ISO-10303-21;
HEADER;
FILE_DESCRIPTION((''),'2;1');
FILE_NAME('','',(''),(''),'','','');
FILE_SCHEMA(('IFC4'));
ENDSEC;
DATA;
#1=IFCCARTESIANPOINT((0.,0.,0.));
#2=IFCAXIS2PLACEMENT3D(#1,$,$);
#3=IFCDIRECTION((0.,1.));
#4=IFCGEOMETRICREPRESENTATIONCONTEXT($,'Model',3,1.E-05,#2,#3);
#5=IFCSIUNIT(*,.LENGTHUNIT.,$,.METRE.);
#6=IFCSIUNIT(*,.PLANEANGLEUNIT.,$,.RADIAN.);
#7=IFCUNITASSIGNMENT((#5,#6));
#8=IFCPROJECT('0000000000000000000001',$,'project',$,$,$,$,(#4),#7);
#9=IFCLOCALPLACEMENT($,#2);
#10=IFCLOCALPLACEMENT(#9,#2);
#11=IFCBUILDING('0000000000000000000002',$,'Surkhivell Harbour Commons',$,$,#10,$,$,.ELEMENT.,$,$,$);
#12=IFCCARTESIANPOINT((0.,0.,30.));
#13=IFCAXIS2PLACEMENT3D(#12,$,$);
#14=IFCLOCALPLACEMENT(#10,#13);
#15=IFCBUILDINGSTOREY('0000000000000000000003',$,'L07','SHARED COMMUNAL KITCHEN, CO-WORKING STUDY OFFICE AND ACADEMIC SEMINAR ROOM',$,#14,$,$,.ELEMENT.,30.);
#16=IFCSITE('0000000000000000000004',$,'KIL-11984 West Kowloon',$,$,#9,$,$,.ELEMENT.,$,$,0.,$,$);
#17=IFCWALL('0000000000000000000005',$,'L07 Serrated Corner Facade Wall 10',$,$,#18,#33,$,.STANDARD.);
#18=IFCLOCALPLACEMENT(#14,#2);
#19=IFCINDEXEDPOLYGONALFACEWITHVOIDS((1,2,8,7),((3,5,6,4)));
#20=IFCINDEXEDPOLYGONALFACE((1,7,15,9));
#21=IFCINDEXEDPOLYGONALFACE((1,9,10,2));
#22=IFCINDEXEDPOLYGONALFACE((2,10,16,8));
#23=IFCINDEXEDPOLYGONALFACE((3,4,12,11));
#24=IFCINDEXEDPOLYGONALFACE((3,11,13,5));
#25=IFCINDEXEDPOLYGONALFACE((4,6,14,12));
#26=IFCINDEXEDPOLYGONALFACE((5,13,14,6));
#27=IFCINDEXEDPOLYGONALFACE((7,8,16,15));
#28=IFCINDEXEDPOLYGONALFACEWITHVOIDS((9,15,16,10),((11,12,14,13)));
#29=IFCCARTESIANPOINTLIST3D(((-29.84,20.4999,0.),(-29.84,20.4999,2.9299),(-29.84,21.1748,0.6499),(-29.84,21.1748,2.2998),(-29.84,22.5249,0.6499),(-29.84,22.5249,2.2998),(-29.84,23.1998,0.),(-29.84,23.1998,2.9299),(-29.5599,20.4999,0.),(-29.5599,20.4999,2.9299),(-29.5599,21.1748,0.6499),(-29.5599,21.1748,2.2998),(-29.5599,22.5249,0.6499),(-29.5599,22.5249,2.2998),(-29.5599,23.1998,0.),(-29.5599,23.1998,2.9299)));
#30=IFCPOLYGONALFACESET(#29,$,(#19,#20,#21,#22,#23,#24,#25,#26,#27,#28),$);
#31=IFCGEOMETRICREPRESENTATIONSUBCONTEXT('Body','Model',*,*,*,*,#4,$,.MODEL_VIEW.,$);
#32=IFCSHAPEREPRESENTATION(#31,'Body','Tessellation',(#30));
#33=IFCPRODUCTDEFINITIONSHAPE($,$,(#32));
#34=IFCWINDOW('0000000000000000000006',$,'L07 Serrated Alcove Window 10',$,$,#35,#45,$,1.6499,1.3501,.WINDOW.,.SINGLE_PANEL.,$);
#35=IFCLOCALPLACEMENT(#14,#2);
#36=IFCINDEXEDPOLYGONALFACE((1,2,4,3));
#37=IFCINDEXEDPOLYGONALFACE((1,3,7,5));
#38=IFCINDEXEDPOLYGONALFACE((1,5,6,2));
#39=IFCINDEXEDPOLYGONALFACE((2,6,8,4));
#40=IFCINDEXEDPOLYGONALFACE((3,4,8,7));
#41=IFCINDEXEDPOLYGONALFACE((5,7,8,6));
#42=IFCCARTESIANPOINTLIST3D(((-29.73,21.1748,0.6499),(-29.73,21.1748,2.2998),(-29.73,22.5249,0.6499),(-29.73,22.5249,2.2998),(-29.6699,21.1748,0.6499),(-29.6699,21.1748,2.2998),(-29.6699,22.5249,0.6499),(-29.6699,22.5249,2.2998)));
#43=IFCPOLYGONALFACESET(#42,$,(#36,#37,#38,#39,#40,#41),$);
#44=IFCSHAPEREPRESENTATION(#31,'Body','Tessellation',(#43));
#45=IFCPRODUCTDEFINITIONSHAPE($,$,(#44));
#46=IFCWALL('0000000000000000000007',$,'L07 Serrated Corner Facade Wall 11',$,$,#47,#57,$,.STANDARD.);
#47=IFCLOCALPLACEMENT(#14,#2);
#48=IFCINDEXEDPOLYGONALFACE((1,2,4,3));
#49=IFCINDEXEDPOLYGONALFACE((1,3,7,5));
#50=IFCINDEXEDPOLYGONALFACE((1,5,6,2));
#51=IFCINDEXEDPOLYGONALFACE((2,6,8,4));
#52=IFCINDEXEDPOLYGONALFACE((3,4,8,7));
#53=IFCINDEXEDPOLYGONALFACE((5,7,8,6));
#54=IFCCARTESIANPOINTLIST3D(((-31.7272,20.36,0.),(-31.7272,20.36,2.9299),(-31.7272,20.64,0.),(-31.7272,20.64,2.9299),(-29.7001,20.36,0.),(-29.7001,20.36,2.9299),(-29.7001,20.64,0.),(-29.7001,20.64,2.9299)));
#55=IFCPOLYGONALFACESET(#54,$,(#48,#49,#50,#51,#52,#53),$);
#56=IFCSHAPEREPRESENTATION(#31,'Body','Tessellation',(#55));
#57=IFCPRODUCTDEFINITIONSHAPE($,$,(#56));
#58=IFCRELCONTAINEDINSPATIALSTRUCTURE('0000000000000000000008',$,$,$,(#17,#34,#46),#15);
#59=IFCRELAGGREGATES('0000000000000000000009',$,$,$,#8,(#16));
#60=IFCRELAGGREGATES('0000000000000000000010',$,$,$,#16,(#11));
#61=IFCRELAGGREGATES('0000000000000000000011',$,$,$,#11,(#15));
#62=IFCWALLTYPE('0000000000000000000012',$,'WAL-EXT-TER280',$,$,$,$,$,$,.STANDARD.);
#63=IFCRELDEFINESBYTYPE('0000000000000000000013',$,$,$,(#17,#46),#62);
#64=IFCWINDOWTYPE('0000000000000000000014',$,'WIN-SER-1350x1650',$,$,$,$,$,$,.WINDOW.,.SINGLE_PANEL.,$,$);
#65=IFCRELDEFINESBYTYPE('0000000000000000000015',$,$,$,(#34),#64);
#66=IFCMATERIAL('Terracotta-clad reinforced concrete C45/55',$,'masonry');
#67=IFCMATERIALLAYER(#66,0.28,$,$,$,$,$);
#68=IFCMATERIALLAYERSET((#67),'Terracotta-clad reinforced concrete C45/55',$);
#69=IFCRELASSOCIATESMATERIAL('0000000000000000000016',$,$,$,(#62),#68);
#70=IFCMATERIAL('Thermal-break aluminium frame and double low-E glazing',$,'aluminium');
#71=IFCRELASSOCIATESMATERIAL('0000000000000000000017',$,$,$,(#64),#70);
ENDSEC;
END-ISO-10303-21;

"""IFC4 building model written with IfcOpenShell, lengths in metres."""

from ifc_helpers import new_model, si_unit, direction, frame, frame_2d, origin, place, context, subcontext, project, spatial, rectangle, extrude, material, layer, layer_set, type_object, element, fill, save


model = new_model("IFC4")

# Units and contexts
model_context = context("Model", 3, precision=1e-05, world=origin(), true_north=direction((0.0, 1.0)))
body_context = subcontext(model_context, "Body", "Model", "MODEL_VIEW")
ifc_project = project(units=[si_unit("LENGTHUNIT", "METRE"), si_unit("PLANEANGLEUNIT", "RADIAN")], contexts=[model_context])

# Site, building, storey
site_placement = place(None, origin())
site = spatial("IfcSite", under=ifc_project, at=site_placement, Name="KIL-11984 West Kowloon", CompositionType="ELEMENT", RefElevation=0.0)
building_placement = place(site_placement, origin())
building = spatial("IfcBuilding", under=site, at=building_placement, Name="Surkhivell Harbour Commons", CompositionType="ELEMENT")
storey_placement = place(building_placement, frame((0.0, 0.0, 30.0)))
storey = spatial("IfcBuildingStorey", under=building, at=storey_placement, Name="L07", Description="SHARED COMMUNAL KITCHEN, CO-WORKING STUDY OFFICE AND ACADEMIC SEMINAR ROOM", CompositionType="ELEMENT", Elevation=30.0)

# Shared definitions
ifc_material_1 = material(Name="Terracotta-clad reinforced concrete C45/55", Category="masonry")
ifc_layer_1 = layer(ifc_material_1, 0.28)
ifc_layer_set_1 = layer_set([ifc_layer_1], Name="Terracotta-clad reinforced concrete C45/55")
wall_type = type_object("IfcWallType", Name="WAL-EXT-TER280", PredefinedType="STANDARD", material=ifc_layer_set_1)

# Wall, opening, window
wall_1_placement = place(storey_placement, frame((-29.7, 23.2, 0.0), z_axis=(0.0, 0.0, 1.0), x_axis=(0.0, -1.0, 0.0)))
wall_1 = element("IfcWall", 1, at=wall_1_placement, inside=storey, type_object=wall_type, Name="L07 Serrated Corner Facade Wall 10", PredefinedType="STANDARD", context=body_context, shape_type="SweptSolid", body=[
    extrude(rectangle(XDim=2.7, YDim=0.28, at=frame_2d((1.3501, 0.0))), origin(), (0.0, 0.0, 1.0), 2.9299),
])
opening_placement = place(wall_1_placement, frame((0.675, 0.0, 0.6499)))
opening = element("IfcOpeningElement", 2, at=opening_placement, cuts=wall_1, PredefinedType="OPENING", context=body_context, shape_type="SweptSolid", body=[
    extrude(rectangle(XDim=1.3501, YDim=1.6499, at=frame_2d((0.675, 0.825))), frame((0.0, 0.1499, 0.0), z_axis=(0.0, -1.0, 0.0), x_axis=(1.0, 0.0, 0.0)), (0.0, 0.0, 1.0), 0.3),
])
ifc_material_2 = material(Name="Thermal-break aluminium frame and double low-E glazing", Category="aluminium")
window_type = type_object("IfcWindowType", Name="WIN-SER-1350x1650", PartitioningType="SINGLE_PANEL", PredefinedType="WINDOW", material=ifc_material_2)
window_placement = place(opening_placement, origin())
window = element("IfcWindow", 3, at=window_placement, inside=storey, type_object=window_type, Name="L07 Serrated Alcove Window 10", OverallHeight=1.6499, OverallWidth=1.3501, PartitioningType="SINGLE_PANEL", PredefinedType="WINDOW", context=body_context, shape_type="SweptSolid", body=[
    extrude(rectangle(XDim=1.3501, YDim=1.6499, at=frame_2d((0.675, 0.825))), frame((0.0, 0.03, 0.0), z_axis=(0.0, -1.0, 0.0), x_axis=(1.0, 0.0, 0.0)), (0.0, 0.0, 1.0), 0.0601),
])
fill(opening, window)

# Wall
wall_2_placement = place(storey_placement, frame((-29.7, 20.5, 0.0), z_axis=(0.0, 0.0, 1.0), x_axis=(-1.0, 0.0, 0.0)))
element("IfcWall", 4, at=wall_2_placement, inside=storey, type_object=wall_type, Name="L07 Serrated Corner Facade Wall 11", PredefinedType="STANDARD", context=body_context, shape_type="SweptSolid", body=[
    extrude(rectangle(XDim=2.0271, YDim=0.28, at=frame_2d((1.0137, 0.0))), origin(), (0.0, 0.0, 1.0), 2.9299),
])

save(model, "model.ifc")
